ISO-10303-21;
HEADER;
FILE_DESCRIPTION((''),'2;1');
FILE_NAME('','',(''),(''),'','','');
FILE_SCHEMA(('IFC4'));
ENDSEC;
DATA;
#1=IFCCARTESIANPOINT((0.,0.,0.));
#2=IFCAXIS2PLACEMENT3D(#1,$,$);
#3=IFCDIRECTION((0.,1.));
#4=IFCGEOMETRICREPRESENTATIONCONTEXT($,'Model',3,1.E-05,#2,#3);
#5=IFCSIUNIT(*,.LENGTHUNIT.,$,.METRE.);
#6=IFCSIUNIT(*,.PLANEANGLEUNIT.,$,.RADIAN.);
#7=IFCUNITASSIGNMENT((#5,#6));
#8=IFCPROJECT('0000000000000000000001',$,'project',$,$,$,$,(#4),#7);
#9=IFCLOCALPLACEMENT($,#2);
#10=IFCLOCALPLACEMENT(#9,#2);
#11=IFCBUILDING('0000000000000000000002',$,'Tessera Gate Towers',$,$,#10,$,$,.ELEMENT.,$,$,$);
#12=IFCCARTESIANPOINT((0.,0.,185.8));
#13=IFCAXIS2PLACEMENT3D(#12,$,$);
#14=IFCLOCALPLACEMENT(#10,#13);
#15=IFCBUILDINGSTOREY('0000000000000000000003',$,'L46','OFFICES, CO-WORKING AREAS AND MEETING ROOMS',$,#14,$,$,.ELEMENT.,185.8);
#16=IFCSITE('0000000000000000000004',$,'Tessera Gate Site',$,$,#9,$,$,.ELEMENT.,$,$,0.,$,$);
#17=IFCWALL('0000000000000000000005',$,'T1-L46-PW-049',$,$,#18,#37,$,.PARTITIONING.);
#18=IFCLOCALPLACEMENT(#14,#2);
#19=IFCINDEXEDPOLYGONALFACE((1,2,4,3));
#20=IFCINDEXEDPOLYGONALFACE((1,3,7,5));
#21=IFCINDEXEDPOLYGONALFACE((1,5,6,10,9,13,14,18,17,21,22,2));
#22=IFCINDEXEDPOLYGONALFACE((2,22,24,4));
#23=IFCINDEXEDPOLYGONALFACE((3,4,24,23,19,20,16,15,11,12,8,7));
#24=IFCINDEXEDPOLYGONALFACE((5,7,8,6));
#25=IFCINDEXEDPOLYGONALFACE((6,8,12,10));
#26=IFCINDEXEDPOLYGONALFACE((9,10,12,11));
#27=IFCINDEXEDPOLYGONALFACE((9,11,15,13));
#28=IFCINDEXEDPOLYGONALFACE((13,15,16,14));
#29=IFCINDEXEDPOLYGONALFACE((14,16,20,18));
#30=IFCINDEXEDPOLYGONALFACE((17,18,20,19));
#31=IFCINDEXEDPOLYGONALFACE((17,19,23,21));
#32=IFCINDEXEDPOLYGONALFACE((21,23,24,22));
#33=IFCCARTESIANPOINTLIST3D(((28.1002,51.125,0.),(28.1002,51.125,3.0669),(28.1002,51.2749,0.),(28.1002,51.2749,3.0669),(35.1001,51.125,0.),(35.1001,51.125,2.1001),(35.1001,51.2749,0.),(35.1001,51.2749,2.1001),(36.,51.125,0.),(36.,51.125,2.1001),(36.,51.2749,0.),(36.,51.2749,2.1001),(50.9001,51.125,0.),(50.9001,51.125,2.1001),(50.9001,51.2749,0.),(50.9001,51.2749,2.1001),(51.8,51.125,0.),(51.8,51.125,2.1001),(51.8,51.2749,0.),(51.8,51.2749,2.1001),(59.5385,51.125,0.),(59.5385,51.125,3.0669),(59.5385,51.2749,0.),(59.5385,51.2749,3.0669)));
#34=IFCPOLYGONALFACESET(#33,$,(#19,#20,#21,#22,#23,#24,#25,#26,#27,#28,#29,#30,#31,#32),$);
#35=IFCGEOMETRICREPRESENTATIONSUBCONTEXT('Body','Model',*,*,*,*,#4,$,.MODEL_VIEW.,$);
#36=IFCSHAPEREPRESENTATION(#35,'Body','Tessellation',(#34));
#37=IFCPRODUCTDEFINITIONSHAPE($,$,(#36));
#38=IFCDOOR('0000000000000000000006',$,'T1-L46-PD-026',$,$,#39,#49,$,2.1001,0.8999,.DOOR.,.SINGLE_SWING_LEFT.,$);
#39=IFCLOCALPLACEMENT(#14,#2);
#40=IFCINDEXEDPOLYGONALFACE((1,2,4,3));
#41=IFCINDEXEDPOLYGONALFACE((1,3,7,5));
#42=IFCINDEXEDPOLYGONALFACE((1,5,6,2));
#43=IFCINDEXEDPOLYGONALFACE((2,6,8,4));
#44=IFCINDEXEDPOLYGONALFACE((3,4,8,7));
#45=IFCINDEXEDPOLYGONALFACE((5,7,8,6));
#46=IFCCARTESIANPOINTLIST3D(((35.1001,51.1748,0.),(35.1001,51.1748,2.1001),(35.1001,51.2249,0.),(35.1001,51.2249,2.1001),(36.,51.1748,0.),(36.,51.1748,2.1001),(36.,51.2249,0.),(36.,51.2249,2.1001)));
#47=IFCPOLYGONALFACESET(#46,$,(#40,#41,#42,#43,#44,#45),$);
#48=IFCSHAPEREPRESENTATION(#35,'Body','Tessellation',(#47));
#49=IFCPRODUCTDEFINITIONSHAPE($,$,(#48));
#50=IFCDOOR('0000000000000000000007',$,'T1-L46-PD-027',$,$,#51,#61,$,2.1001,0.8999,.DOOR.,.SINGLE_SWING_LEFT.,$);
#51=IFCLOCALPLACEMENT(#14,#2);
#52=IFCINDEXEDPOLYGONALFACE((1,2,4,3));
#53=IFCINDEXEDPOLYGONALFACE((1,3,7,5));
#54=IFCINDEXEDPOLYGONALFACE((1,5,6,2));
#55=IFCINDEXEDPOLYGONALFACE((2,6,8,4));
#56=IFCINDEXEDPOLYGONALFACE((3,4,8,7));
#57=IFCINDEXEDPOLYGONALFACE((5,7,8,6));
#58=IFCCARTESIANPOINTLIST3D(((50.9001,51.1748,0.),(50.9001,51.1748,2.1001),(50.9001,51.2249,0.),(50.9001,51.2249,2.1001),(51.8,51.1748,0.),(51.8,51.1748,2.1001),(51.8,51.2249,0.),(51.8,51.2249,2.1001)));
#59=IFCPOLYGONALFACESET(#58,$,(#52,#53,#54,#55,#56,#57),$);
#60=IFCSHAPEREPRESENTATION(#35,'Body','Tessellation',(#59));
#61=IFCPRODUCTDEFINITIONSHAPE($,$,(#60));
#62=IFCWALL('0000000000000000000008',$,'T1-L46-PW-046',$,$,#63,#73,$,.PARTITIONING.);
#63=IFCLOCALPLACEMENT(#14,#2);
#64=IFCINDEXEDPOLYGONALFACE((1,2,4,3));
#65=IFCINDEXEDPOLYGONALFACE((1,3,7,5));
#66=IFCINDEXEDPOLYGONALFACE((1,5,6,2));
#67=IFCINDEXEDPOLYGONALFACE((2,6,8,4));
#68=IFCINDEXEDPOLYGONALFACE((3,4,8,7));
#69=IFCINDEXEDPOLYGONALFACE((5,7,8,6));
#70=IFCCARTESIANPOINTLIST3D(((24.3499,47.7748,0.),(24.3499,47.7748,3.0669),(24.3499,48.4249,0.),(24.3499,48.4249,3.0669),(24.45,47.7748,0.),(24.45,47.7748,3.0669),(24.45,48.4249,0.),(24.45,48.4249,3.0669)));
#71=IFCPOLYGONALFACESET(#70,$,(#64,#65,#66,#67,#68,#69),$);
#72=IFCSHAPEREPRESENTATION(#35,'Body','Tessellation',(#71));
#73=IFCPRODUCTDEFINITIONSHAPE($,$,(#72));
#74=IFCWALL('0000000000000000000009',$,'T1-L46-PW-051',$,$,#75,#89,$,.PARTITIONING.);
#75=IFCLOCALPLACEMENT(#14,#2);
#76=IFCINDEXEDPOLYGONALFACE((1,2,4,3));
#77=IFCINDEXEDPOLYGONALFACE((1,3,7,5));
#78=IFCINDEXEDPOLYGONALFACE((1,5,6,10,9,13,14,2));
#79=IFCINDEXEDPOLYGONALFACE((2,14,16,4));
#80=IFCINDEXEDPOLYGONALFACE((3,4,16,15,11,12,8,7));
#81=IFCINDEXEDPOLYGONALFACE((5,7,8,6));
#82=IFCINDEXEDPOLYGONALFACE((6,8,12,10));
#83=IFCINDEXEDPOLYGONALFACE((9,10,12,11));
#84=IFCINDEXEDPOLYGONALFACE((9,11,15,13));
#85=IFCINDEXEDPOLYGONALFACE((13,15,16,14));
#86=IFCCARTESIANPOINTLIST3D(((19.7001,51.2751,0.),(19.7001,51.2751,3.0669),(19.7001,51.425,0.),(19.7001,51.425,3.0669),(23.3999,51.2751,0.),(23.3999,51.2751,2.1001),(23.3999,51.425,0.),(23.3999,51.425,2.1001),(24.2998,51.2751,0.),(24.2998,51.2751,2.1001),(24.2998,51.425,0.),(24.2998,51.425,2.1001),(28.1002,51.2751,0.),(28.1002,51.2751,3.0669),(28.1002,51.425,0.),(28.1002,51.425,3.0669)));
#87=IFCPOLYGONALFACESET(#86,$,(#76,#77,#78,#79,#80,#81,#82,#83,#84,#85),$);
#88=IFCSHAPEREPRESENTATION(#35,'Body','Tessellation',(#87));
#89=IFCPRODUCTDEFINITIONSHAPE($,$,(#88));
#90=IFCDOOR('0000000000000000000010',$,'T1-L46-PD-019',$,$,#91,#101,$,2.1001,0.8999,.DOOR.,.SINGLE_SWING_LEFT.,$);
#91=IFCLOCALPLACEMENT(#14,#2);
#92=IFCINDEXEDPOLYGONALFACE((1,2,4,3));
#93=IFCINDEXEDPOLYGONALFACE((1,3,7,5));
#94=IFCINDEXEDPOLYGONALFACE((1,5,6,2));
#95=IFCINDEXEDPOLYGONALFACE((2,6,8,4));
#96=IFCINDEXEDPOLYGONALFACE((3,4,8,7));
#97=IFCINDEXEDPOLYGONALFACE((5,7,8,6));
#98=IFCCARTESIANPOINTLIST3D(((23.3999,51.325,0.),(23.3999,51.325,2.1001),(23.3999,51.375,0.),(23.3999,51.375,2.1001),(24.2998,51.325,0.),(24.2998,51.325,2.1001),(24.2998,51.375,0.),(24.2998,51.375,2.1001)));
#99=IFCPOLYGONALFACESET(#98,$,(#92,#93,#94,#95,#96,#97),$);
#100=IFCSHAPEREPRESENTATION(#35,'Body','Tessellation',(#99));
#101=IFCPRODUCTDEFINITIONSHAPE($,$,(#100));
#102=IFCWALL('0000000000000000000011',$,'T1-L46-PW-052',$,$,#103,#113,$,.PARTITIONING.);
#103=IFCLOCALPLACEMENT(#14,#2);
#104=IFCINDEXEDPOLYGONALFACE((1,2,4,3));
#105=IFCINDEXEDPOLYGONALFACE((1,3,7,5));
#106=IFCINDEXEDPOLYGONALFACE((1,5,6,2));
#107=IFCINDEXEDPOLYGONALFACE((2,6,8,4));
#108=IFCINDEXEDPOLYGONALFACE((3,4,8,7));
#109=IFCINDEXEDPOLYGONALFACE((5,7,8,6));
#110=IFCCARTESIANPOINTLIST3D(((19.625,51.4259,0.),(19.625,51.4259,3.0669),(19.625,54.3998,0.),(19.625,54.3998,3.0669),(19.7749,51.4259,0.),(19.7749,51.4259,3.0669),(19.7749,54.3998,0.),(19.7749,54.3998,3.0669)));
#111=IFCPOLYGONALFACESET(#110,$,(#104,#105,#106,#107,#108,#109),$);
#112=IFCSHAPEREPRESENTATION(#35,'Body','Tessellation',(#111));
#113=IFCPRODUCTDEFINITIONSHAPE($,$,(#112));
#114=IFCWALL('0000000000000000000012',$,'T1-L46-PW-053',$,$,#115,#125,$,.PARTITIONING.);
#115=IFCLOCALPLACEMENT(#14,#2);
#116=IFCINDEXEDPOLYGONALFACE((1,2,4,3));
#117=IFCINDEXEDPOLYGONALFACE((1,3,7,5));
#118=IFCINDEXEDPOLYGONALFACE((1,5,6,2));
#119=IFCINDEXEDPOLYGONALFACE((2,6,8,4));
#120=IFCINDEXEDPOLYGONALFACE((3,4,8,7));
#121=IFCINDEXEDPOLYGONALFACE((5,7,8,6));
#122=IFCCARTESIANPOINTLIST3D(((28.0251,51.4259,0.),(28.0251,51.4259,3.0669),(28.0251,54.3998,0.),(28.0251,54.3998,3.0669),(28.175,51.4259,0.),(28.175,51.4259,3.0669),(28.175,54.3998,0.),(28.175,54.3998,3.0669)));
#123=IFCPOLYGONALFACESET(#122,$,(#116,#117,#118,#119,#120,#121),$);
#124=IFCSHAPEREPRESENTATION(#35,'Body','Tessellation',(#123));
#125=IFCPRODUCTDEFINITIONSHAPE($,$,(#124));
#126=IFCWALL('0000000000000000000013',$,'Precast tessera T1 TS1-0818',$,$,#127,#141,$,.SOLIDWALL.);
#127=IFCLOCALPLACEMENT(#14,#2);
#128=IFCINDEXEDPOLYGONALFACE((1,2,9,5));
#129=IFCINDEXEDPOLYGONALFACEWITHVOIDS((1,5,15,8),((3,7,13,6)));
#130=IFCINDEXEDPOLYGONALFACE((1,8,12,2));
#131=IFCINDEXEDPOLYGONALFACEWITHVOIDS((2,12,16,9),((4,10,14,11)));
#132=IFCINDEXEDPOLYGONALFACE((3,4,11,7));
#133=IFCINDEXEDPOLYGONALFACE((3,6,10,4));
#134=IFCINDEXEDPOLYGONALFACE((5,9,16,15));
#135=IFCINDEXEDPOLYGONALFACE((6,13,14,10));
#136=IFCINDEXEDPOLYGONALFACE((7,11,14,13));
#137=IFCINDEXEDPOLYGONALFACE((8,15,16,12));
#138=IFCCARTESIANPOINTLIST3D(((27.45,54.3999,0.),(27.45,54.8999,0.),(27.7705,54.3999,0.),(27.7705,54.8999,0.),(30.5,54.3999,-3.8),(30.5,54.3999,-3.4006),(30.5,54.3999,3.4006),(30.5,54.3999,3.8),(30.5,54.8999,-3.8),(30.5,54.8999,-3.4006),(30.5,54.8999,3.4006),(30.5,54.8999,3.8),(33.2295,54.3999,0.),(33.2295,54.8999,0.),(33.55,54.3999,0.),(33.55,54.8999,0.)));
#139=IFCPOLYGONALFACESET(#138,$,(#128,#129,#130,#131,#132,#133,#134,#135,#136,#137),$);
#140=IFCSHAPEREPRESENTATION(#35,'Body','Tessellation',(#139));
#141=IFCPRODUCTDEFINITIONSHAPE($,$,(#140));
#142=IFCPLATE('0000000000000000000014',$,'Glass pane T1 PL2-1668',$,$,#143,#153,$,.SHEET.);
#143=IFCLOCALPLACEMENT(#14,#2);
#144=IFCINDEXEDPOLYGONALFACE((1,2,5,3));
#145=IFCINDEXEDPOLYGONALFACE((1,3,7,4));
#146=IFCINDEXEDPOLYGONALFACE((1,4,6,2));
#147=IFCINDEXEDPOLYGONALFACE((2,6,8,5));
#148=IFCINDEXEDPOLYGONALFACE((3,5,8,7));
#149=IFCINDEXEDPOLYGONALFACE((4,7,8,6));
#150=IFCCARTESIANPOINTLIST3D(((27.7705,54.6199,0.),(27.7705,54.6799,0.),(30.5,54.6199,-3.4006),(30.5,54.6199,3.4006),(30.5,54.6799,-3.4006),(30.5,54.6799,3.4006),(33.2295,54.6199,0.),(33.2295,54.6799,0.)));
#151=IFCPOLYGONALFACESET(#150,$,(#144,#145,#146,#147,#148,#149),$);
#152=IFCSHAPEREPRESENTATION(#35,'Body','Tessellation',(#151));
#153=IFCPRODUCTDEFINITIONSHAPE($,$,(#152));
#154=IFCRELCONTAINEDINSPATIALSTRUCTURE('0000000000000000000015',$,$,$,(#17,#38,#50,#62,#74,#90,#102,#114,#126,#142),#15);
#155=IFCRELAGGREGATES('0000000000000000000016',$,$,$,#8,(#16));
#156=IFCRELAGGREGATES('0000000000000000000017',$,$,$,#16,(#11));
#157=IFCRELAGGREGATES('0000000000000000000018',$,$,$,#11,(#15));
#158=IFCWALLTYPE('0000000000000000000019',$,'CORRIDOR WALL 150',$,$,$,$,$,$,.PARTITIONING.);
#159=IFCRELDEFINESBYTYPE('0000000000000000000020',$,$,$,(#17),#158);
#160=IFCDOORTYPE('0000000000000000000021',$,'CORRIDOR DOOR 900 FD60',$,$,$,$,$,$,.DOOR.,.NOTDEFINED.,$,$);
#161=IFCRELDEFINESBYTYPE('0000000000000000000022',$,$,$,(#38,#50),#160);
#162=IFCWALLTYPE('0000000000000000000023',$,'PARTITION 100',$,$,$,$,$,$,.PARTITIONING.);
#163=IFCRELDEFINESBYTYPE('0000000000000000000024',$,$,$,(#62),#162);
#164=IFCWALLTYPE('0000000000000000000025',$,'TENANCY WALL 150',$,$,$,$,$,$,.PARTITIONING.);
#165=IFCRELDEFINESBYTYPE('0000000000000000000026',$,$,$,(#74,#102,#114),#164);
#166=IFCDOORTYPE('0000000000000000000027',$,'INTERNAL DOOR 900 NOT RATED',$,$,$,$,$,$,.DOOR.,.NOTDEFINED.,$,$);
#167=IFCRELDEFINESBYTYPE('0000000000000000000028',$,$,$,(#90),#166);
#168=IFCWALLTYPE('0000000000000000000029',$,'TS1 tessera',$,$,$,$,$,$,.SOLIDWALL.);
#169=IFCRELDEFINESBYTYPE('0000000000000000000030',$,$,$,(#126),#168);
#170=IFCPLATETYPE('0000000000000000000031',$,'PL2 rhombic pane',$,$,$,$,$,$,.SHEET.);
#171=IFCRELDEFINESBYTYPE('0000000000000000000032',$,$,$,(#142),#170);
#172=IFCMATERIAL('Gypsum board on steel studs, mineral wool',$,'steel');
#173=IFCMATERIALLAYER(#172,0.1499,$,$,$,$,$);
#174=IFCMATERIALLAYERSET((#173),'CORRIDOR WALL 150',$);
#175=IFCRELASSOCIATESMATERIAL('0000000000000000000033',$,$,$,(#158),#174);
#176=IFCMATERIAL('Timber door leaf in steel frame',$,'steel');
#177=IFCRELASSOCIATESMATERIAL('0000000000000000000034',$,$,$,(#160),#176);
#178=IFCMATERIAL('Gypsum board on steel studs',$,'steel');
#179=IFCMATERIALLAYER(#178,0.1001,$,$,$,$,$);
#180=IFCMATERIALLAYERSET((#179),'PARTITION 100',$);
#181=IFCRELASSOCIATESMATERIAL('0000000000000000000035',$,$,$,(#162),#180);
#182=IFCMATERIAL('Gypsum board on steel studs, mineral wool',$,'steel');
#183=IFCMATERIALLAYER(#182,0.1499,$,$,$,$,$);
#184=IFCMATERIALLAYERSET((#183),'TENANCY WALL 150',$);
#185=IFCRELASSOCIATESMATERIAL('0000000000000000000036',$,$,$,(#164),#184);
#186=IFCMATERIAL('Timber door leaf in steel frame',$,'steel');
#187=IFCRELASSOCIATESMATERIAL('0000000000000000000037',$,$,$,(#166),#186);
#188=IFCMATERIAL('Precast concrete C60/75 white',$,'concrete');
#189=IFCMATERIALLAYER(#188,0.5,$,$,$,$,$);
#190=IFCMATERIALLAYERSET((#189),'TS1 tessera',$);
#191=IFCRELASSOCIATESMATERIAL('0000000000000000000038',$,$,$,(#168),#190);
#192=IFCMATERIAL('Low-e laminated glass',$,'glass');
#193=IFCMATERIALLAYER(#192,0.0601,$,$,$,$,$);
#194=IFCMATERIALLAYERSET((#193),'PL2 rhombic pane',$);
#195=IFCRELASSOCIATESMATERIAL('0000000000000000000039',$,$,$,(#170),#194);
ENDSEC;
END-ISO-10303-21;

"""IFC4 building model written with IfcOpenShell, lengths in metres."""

from ifc_helpers import new_model, si_unit, direction, frame, frame_2d, origin, place, context, subcontext, project, spatial, polyline, rectangle, outline, extrude, source, transform, mapped, material, layer, layer_set, type_object, element, fill, save


model = new_model("IFC4")

# Units and contexts
model_context = context("Model", 3, precision=1e-05, world=origin(), true_north=direction((0.0, 1.0)))
body_context = subcontext(model_context, "Body", "Model", "MODEL_VIEW")
ifc_project = project(units=[si_unit("LENGTHUNIT", "METRE"), si_unit("PLANEANGLEUNIT", "RADIAN")], contexts=[model_context])

# Site, building, storey
site_placement = place(None, origin())
site = spatial("IfcSite", under=ifc_project, at=site_placement, Name="Tessera Gate Site", CompositionType="ELEMENT", RefElevation=0.0)
building_placement = place(site_placement, origin())
building = spatial("IfcBuilding", under=site, at=building_placement, Name="Tessera Gate Towers", CompositionType="ELEMENT")
storey_placement = place(building_placement, frame((0.0, 0.0, 185.8)))
storey = spatial("IfcBuildingStorey", under=building, at=storey_placement, Name="L46", Description="OFFICES, CO-WORKING AREAS AND MEETING ROOMS", CompositionType="ELEMENT", Elevation=185.8)

# Wall, openings, doors
ifc_material_1 = material(Name="Gypsum board on steel studs, mineral wool", Category="steel")
ifc_layer_1 = layer(ifc_material_1, 0.1499)
ifc_layer_set_1 = layer_set([ifc_layer_1], Name="CORRIDOR WALL 150")
wall_type_1 = type_object("IfcWallType", Name="CORRIDOR WALL 150", PredefinedType="PARTITIONING", material=ifc_layer_set_1)
wall_1_placement = place(storey_placement, frame((28.1001, 51.2, 0.0), z_axis=(0.0, 0.0, 1.0), x_axis=(1.0, 0.0, 0.0)))
wall_1 = element("IfcWall", 1, at=wall_1_placement, inside=storey, type_object=wall_type_1, Name="T1-L46-PW-049", PredefinedType="PARTITIONING", context=body_context, shape_type="SweptSolid", body=[
    extrude(rectangle(XDim=31.4382, YDim=0.1499, at=frame_2d((15.7192, 0.0))), origin(), (0.0, 0.0, 1.0), 3.0669),
])
shared_shape_1 = source(origin(), body_context, "Body", "SweptSolid", [
    extrude(rectangle(XDim=0.8999, YDim=2.1001, at=frame_2d((0.45, 1.05))), frame((0.0, 0.085, 0.0), z_axis=(0.0, -1.0, 0.0), x_axis=(1.0, 0.0, 0.0)), (0.0, 0.0, 1.0), 0.1699),
])
opening_1_placement = place(wall_1_placement, frame((7.0, 0.0, 0.0)))
opening_1 = element("IfcOpeningElement", 2, at=opening_1_placement, cuts=wall_1, PredefinedType="OPENING", context=body_context, shape_type="MappedRepresentation", body=[
    mapped(shared_shape_1, transform((0.0, 0.0, 0.0), scale=1.0)),
])
opening_2_placement = place(wall_1_placement, frame((22.8, 0.0, 0.0)))
opening_2 = element("IfcOpeningElement", 3, at=opening_2_placement, cuts=wall_1, PredefinedType="OPENING", context=body_context, shape_type="MappedRepresentation", body=[
    mapped(shared_shape_1, transform((0.0, 0.0, 0.0), scale=1.0)),
])
ifc_material_2 = material(Name="Timber door leaf in steel frame", Category="steel")
door_type_1 = type_object("IfcDoorType", Name="CORRIDOR DOOR 900 FD60", OperationType="NOTDEFINED", PredefinedType="DOOR", material=ifc_material_2)
shared_shape_2 = source(origin(), body_context, "Body", "SweptSolid", [
    extrude(rectangle(XDim=0.8999, YDim=2.1001, at=frame_2d((0.45, 1.05))), frame((0.0, 0.0249, 0.0), z_axis=(0.0, -1.0, 0.0), x_axis=(1.0, 0.0, 0.0)), (0.0, 0.0, 1.0), 0.05),
])
door_1_placement = place(opening_1_placement, origin())
door_1 = element("IfcDoor", 4, at=door_1_placement, inside=storey, type_object=door_type_1, Name="T1-L46-PD-026", OperationType="SINGLE_SWING_LEFT", OverallHeight=2.1001, OverallWidth=0.8999, PredefinedType="DOOR", context=body_context, shape_type="MappedRepresentation", body=[
    mapped(shared_shape_2, transform((0.0, 0.0, 0.0), scale=1.0)),
])
fill(opening_1, door_1)
door_2_placement = place(opening_2_placement, origin())
door_2 = element("IfcDoor", 5, at=door_2_placement, inside=storey, type_object=door_type_1, Name="T1-L46-PD-027", OperationType="SINGLE_SWING_LEFT", OverallHeight=2.1001, OverallWidth=0.8999, PredefinedType="DOOR", context=body_context, shape_type="MappedRepresentation", body=[
    mapped(shared_shape_2, transform((0.0, 0.0, 0.0), scale=1.0)),
])
fill(opening_2, door_2)

# Wall
ifc_material_3 = material(Name="Gypsum board on steel studs", Category="steel")
ifc_layer_2 = layer(ifc_material_3, 0.1001)
ifc_layer_set_2 = layer_set([ifc_layer_2], Name="PARTITION 100")
wall_type_2 = type_object("IfcWallType", Name="PARTITION 100", PredefinedType="PARTITIONING", material=ifc_layer_set_2)
wall_2_placement = place(storey_placement, frame((24.3999, 48.425, 0.0), z_axis=(0.0, 0.0, 1.0), x_axis=(0.0, -1.0, 0.0)))
element("IfcWall", 6, at=wall_2_placement, inside=storey, type_object=wall_type_2, Name="T1-L46-PW-046", PredefinedType="PARTITIONING", context=body_context, shape_type="SweptSolid", body=[
    extrude(rectangle(XDim=0.6501, YDim=0.1001, at=frame_2d((0.3252, 0.0))), origin(), (0.0, 0.0, 1.0), 3.0669),
])

# Wall, opening, door
ifc_material_4 = material(Name="Gypsum board on steel studs, mineral wool", Category="steel")
ifc_layer_3 = layer(ifc_material_4, 0.1499)
ifc_layer_set_3 = layer_set([ifc_layer_3], Name="TENANCY WALL 150")
wall_type_3 = type_object("IfcWallType", Name="TENANCY WALL 150", PredefinedType="PARTITIONING", material=ifc_layer_set_3)
wall_3_placement = place(storey_placement, frame((19.7, 51.3501, 0.0), z_axis=(0.0, 0.0, 1.0), x_axis=(1.0, 0.0, 0.0)))
wall_3 = element("IfcWall", 7, at=wall_3_placement, inside=storey, type_object=wall_type_3, Name="T1-L46-PW-051", PredefinedType="PARTITIONING", context=body_context, shape_type="SweptSolid", body=[
    extrude(rectangle(XDim=8.4001, YDim=0.1499, at=frame_2d((4.2002, 0.0))), origin(), (0.0, 0.0, 1.0), 3.0669),
])
opening_3_placement = place(wall_3_placement, frame((3.7, 0.0, 0.0)))
opening_3 = element("IfcOpeningElement", 8, at=opening_3_placement, cuts=wall_3, PredefinedType="OPENING", context=body_context, shape_type="MappedRepresentation", body=[
    mapped(shared_shape_1, transform((0.0, 0.0, 0.0), scale=1.0)),
])
ifc_material_5 = material(Name="Timber door leaf in steel frame", Category="steel")
door_type_2 = type_object("IfcDoorType", Name="INTERNAL DOOR 900 NOT RATED", OperationType="NOTDEFINED", PredefinedType="DOOR", material=ifc_material_5)
door_3_placement = place(opening_3_placement, origin())
door_3 = element("IfcDoor", 9, at=door_3_placement, inside=storey, type_object=door_type_2, Name="T1-L46-PD-019", OperationType="SINGLE_SWING_LEFT", OverallHeight=2.1001, OverallWidth=0.8999, PredefinedType="DOOR", context=body_context, shape_type="MappedRepresentation", body=[
    mapped(shared_shape_2, transform((0.0, 0.0, 0.0), scale=1.0)),
])
fill(opening_3, door_3)

# Walls
for number, where, z_axis, x_axis, name in (
    (10, (19.7, 51.426, 0.0), (0.0, 0.0, 1.0), (0.0, 1.0, 0.0), "T1-L46-PW-052"),
    (11, (28.1001, 51.426, 0.0), (0.0, 0.0, 1.0), (0.0, 1.0, 0.0), "T1-L46-PW-053"),
):
    element("IfcWall", number, at=place(storey_placement, frame(where, z_axis=z_axis, x_axis=x_axis)), inside=storey, type_object=wall_type_3, Name=name, PredefinedType="PARTITIONING", context=body_context, shape_type="SweptSolid", body=[
        extrude(rectangle(XDim=2.9739, YDim=0.1499, at=frame_2d((1.4868, 0.0))), origin(), (0.0, 0.0, 1.0), 3.0669),
    ])

# Wall, opening, plate
ifc_material_6 = material(Name="Precast concrete C60/75 white", Category="concrete")
ifc_layer_4 = layer(ifc_material_6, 0.5)
ifc_layer_set_4 = layer_set([ifc_layer_4], Name="TS1 tessera")
wall_type_4 = type_object("IfcWallType", Name="TS1 tessera", PredefinedType="SOLIDWALL", material=ifc_layer_set_4)
shared_shape_3 = source(origin(), body_context, "Body", "SweptSolid", [
    extrude(outline(polyline([(3.05, 0.0), (6.1001, 3.8), (3.05, 7.6001), (0.0, 3.8), (3.05, 0.0)])), frame((0.0, 0.25, 0.0), z_axis=(0.0, -1.0, 0.0), x_axis=(1.0, 0.0, 0.0)), (0.0, 0.0, 1.0), 0.5),
])
wall_4_placement = place(storey_placement, frame((33.55, 54.6499, -3.8), z_axis=(0.0, 0.0, 1.0), x_axis=(-1.0, 0.0, 0.0)))
wall_4 = element("IfcWall", 12, at=wall_4_placement, inside=storey, type_object=wall_type_4, Name="Precast tessera T1 TS1-0818", PredefinedType="SOLIDWALL", context=body_context, shape_type="MappedRepresentation", body=[
    mapped(shared_shape_3, transform((0.0, 0.0, 0.0), scale=1.0)),
])
shared_shape_4 = source(origin(), body_context, "Body", "SweptSolid", [
    extrude(outline(polyline([(3.05, 0.3994), (5.7795, 3.8), (3.05, 7.2007), (0.3206, 3.8), (3.05, 0.3994)])), frame((0.0, 0.26, 0.0), z_axis=(0.0, -1.0, 0.0), x_axis=(1.0, 0.0, 0.0)), (0.0, 0.0, 1.0), 0.52),
])
opening_4_placement = place(wall_4_placement, origin())
opening_4 = element("IfcOpeningElement", 13, at=opening_4_placement, cuts=wall_4, PredefinedType="OPENING", context=body_context, shape_type="MappedRepresentation", body=[
    mapped(shared_shape_4, transform((0.0, 0.0, 0.0), scale=1.0)),
])
ifc_material_7 = material(Name="Low-e laminated glass", Category="glass")
ifc_layer_5 = layer(ifc_material_7, 0.0601)
ifc_layer_set_5 = layer_set([ifc_layer_5], Name="PL2 rhombic pane")
plate_type = type_object("IfcPlateType", Name="PL2 rhombic pane", PredefinedType="SHEET", material=ifc_layer_set_5)
shared_shape_5 = source(origin(), body_context, "Body", "SweptSolid", [
    extrude(outline(polyline([(3.05, 0.3994), (5.7795, 3.8), (3.05, 7.2007), (0.3206, 3.8), (3.05, 0.3994)])), frame((0.0, 0.03, 0.0), z_axis=(0.0, -1.0, 0.0), x_axis=(1.0, 0.0, 0.0)), (0.0, 0.0, 1.0), 0.0601),
])
plate_1_placement = place(opening_4_placement, origin())
plate_1 = element("IfcPlate", 14, at=plate_1_placement, inside=storey, type_object=plate_type, Name="Glass pane T1 PL2-1668", PredefinedType="SHEET", context=body_context, shape_type="MappedRepresentation", body=[
    mapped(shared_shape_5, transform((0.0, 0.0, 0.0), scale=1.0)),
])
fill(opening_4, plate_1)

save(model, "model.ifc")
